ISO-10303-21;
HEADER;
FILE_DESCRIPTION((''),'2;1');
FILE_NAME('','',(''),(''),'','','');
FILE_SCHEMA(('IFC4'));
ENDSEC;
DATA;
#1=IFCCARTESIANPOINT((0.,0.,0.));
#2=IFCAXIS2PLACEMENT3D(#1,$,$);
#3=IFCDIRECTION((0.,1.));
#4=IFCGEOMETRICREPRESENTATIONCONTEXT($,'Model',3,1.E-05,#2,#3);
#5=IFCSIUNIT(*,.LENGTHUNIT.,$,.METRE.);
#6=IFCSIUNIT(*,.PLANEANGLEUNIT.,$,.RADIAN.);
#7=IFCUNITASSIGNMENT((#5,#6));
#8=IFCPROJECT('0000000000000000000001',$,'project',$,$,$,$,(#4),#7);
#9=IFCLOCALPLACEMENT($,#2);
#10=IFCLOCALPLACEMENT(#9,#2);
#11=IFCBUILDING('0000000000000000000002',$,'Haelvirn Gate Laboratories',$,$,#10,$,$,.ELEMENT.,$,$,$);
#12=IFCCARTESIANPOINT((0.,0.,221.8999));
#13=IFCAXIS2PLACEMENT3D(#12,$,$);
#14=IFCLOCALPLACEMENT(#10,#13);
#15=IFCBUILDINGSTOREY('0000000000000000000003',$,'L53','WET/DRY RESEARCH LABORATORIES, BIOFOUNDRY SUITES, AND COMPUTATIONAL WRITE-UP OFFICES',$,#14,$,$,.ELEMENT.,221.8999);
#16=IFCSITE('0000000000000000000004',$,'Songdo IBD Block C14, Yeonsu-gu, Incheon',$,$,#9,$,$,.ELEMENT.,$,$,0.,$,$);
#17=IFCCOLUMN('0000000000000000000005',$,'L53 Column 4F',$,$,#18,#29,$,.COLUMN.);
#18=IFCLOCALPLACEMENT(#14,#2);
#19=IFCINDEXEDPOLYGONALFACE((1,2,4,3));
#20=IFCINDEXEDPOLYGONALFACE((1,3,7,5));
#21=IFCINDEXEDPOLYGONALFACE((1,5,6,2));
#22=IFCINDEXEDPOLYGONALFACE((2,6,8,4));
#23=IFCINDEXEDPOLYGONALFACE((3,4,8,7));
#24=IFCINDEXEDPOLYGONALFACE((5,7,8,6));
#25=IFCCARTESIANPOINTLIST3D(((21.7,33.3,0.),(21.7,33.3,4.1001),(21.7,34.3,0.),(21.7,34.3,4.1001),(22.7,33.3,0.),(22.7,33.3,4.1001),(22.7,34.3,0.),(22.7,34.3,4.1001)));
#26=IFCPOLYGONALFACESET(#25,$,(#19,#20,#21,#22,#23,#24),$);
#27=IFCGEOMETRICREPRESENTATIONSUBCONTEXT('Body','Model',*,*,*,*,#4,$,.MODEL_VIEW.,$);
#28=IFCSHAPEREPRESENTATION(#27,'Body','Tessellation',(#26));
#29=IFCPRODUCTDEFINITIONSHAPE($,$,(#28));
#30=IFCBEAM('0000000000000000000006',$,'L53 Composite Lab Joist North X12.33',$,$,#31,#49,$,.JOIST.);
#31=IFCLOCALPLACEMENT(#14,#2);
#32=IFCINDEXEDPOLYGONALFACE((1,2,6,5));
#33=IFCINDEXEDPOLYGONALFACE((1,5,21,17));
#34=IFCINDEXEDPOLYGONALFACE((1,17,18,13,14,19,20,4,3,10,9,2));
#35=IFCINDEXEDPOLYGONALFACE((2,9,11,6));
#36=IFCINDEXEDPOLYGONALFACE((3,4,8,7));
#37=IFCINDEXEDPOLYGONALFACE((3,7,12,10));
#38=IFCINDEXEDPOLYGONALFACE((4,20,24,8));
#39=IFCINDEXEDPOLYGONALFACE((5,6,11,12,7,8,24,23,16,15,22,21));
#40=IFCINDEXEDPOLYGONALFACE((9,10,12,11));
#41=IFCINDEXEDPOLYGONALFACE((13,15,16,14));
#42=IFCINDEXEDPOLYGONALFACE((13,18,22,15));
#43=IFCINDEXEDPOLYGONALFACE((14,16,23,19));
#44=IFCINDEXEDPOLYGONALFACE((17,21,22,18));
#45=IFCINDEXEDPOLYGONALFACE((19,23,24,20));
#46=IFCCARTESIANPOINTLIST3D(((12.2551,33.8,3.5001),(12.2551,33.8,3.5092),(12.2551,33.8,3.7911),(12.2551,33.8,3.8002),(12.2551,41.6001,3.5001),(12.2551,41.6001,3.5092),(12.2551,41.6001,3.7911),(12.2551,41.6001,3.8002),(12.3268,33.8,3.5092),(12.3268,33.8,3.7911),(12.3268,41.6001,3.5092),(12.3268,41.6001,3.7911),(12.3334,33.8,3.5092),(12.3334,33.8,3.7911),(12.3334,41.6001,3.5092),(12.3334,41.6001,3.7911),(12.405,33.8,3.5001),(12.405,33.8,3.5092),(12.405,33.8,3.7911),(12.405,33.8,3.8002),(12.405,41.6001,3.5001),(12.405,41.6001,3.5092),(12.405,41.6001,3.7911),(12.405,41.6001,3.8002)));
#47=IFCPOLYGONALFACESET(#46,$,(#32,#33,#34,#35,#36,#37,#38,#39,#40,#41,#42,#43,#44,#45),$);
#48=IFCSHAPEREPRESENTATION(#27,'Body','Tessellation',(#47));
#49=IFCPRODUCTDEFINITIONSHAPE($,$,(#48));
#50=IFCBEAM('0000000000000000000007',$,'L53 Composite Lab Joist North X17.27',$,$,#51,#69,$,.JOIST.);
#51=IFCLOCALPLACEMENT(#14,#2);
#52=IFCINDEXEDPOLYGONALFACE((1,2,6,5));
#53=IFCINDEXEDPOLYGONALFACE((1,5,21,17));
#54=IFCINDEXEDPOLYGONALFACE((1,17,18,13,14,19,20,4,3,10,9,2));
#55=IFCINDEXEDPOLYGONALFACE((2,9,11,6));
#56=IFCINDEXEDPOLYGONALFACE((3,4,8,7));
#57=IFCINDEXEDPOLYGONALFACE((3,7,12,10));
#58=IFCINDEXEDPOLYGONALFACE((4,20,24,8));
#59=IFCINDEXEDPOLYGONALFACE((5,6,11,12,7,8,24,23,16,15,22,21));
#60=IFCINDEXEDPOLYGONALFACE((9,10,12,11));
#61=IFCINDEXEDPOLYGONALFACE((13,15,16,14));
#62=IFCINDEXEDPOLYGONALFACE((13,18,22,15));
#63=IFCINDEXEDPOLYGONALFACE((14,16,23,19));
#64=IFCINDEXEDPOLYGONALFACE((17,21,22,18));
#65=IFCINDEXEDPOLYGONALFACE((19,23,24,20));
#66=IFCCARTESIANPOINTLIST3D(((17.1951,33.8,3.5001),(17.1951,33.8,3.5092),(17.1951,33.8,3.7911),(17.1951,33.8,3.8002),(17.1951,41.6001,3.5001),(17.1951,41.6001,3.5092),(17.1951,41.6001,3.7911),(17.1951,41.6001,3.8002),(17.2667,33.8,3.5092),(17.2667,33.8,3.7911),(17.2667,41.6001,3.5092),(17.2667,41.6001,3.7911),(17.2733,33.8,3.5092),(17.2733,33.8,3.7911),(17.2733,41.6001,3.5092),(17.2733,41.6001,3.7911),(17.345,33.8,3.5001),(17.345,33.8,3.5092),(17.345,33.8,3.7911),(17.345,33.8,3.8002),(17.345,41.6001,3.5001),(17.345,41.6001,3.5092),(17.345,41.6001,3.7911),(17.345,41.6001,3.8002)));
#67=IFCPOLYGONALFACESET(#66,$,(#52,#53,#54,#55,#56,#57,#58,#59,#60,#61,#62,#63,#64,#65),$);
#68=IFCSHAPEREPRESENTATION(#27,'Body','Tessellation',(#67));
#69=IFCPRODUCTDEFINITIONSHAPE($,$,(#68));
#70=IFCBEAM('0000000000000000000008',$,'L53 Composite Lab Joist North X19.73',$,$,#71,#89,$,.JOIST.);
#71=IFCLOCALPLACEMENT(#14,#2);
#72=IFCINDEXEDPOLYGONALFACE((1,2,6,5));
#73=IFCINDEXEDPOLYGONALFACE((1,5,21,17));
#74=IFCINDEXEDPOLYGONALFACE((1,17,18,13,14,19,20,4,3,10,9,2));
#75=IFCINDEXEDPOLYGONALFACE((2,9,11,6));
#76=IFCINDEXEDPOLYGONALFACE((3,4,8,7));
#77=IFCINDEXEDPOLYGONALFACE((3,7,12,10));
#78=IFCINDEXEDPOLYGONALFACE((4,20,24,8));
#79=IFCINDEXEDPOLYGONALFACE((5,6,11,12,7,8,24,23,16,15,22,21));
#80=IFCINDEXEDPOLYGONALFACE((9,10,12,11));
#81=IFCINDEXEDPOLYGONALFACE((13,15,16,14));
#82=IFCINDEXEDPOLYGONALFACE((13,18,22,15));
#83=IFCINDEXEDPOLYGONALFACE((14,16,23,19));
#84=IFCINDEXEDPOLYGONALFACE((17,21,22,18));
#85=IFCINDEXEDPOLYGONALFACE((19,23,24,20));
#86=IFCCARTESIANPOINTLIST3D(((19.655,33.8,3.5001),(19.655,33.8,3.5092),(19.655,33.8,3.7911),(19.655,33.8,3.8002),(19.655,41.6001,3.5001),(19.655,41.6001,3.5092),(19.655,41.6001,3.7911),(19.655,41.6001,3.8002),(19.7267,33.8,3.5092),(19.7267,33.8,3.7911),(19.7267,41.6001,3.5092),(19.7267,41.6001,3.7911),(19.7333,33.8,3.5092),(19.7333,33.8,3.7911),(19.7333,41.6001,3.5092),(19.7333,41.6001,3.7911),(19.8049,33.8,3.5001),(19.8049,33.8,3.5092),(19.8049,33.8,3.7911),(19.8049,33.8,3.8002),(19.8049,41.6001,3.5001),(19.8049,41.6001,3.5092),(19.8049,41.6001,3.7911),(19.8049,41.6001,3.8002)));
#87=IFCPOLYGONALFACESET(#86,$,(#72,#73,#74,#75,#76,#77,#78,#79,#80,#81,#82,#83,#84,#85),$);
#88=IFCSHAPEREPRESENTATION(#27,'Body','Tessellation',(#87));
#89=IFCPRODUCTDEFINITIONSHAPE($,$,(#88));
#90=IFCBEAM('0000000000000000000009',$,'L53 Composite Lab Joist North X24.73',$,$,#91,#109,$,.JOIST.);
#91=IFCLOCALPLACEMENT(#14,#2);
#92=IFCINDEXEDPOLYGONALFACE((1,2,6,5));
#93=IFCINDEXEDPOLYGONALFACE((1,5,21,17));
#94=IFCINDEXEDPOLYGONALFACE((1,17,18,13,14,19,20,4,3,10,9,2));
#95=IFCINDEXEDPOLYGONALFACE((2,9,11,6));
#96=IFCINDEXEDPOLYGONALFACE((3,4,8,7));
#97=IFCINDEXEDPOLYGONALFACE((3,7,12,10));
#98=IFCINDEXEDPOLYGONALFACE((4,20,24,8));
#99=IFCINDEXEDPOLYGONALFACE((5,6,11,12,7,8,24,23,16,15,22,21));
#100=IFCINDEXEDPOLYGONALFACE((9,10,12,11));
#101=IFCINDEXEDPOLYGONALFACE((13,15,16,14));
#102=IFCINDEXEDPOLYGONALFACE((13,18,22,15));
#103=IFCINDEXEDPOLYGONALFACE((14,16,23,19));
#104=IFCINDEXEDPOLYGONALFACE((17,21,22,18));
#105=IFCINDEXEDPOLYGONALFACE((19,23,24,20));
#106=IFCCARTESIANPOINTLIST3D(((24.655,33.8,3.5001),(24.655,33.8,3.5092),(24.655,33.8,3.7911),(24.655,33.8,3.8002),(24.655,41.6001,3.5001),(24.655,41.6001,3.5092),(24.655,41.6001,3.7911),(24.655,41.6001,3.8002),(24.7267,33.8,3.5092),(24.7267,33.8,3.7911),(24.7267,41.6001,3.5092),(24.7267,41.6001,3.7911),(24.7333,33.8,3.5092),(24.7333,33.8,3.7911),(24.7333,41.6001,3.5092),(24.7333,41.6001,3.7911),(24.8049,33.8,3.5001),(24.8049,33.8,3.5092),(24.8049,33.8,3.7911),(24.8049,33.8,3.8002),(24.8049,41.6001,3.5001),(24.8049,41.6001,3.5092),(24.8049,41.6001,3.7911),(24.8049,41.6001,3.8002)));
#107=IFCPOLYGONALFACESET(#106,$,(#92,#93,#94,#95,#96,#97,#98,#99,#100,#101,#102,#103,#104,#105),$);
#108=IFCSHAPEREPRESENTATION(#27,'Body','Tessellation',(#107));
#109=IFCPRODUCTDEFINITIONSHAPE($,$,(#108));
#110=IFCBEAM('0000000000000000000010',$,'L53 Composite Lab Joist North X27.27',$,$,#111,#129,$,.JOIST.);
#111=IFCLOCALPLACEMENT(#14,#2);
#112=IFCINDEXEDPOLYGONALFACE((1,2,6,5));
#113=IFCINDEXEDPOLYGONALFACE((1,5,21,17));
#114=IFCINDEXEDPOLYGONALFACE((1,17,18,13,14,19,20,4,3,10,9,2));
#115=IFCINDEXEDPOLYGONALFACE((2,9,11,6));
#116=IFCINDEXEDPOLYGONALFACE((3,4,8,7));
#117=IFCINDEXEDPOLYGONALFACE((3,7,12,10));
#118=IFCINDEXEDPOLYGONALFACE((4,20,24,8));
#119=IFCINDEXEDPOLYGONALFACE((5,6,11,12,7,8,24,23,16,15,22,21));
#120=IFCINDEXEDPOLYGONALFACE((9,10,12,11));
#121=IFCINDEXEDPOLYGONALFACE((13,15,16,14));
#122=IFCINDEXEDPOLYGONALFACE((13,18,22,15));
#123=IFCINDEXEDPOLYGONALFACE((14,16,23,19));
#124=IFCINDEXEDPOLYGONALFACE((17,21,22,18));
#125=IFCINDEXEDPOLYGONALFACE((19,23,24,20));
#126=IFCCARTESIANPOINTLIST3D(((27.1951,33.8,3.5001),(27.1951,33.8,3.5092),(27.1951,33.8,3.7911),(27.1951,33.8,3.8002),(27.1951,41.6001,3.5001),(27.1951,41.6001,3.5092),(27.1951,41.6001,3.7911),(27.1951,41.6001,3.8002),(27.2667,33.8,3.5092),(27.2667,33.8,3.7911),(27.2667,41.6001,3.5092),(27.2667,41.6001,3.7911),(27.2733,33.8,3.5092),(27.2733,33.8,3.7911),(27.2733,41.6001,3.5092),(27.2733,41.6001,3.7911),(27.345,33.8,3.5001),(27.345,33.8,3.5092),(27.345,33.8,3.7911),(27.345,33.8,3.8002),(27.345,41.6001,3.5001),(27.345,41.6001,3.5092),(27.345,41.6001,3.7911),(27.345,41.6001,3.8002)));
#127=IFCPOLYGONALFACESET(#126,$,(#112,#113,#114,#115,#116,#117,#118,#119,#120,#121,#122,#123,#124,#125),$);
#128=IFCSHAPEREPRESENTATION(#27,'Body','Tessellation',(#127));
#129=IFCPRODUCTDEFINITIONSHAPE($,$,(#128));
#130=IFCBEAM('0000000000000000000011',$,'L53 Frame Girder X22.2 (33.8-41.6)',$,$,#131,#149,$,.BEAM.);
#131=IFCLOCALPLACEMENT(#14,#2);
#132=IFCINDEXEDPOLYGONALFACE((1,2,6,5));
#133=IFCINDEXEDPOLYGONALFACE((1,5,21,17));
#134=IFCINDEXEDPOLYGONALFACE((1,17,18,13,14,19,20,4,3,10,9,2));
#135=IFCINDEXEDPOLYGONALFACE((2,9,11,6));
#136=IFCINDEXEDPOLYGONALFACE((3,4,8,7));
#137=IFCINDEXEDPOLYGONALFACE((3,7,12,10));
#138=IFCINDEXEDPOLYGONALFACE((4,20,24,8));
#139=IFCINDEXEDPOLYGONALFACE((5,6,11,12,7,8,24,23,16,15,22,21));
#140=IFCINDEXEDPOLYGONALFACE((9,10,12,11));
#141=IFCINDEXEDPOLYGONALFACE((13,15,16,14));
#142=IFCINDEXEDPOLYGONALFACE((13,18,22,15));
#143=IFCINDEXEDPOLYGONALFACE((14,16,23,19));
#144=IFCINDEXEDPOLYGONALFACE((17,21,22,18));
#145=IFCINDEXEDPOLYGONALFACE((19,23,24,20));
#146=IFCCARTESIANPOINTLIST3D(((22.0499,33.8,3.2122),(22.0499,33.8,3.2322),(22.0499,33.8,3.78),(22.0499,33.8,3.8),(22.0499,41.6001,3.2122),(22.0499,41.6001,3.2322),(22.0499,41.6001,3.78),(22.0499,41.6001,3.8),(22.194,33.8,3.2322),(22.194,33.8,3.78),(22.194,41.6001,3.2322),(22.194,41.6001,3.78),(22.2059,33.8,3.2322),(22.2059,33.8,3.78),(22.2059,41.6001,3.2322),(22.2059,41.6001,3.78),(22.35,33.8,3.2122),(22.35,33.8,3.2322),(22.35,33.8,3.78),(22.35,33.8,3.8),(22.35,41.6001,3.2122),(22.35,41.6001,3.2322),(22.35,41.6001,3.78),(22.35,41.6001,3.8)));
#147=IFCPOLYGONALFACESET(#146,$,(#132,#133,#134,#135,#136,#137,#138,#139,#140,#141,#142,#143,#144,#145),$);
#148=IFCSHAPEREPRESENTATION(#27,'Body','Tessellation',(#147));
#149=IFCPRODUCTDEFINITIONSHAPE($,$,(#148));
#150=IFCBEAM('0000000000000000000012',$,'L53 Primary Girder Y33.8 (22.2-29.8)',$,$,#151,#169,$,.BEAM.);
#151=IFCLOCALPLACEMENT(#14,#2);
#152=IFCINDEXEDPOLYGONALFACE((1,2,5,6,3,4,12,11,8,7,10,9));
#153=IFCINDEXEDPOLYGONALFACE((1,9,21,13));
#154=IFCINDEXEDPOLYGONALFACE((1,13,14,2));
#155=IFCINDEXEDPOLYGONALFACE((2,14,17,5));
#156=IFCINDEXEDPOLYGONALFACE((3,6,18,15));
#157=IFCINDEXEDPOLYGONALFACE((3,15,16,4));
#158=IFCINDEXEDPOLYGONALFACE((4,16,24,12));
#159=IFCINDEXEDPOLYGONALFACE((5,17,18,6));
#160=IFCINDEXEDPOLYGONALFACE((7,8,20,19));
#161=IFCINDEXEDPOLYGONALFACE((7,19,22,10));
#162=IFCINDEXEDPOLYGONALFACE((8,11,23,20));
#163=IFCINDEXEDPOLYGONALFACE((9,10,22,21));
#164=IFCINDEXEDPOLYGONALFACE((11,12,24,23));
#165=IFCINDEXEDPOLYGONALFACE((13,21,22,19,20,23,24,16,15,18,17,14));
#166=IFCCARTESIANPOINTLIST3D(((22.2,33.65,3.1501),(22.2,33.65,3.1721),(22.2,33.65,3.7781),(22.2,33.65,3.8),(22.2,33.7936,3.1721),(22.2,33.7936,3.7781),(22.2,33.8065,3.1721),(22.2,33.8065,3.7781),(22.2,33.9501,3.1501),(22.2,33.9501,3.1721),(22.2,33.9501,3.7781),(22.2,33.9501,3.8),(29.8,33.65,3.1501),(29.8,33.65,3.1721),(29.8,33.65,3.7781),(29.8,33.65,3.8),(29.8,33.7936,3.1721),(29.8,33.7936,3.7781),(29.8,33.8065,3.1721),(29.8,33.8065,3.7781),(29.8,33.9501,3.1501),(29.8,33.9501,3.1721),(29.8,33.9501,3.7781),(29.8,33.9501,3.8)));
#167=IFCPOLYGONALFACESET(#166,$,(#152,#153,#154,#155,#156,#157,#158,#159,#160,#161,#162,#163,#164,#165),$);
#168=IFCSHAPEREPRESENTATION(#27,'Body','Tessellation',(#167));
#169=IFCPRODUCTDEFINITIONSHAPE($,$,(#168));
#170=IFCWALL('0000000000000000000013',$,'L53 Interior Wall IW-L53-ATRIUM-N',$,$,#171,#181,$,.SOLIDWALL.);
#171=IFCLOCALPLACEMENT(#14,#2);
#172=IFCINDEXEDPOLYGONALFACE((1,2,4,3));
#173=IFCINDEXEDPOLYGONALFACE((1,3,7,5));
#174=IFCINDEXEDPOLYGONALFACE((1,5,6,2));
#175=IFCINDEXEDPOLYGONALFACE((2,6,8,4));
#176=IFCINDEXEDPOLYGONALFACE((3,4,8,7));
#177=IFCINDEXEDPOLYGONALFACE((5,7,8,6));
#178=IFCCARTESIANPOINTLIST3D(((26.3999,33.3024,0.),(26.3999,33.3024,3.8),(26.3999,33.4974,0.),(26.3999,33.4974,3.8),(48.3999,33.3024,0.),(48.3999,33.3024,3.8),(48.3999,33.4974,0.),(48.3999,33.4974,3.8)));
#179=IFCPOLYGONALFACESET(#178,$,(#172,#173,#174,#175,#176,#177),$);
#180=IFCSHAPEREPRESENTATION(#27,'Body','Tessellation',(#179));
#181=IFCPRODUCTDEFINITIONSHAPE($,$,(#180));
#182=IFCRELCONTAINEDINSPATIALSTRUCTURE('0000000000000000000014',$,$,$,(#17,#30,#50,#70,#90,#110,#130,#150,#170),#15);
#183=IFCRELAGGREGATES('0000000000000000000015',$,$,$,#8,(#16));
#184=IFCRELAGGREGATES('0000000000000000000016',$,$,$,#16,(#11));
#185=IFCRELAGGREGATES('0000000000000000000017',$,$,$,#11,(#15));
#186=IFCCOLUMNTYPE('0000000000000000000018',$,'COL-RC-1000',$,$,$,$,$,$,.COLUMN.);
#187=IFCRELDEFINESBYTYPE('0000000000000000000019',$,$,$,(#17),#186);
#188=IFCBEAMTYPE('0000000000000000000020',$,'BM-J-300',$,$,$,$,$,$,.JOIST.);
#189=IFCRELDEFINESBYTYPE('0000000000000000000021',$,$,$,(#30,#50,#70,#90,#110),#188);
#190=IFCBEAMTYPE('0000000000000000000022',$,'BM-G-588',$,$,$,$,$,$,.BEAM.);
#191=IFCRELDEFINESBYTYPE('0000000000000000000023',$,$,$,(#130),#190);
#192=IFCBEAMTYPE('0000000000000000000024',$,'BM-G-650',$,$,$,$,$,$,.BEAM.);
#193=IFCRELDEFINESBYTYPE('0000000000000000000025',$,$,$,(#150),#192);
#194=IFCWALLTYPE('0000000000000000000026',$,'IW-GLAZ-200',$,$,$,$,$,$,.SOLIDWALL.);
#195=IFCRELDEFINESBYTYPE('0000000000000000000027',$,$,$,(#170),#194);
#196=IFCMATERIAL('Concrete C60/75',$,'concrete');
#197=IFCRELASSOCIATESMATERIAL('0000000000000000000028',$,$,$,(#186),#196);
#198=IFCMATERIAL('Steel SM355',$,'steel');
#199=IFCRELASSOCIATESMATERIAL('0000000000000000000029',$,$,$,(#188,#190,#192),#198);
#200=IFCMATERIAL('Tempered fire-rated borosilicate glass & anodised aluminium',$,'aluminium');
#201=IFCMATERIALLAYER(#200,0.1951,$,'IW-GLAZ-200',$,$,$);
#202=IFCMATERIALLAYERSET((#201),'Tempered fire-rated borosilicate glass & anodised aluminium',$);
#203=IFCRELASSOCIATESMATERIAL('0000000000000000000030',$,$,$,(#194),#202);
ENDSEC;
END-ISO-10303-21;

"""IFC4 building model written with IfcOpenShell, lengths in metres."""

from ifc_helpers import new_model, si_unit, direction, frame, frame_2d, origin, origin_2d, place, context, subcontext, project, spatial, rectangle, i_section, extrude, source, transform, mapped, material, layer, layer_set, material_profile, profile_set, type_object, type_shapes, element, save


model = new_model("IFC4")

# Units and contexts
model_context = context("Model", 3, precision=1e-05, world=origin(), true_north=direction((0.0, 1.0)))
body_context = subcontext(model_context, "Body", "Model", "MODEL_VIEW")
ifc_project = project(units=[si_unit("LENGTHUNIT", "METRE"), si_unit("PLANEANGLEUNIT", "RADIAN")], contexts=[model_context])

# Site, building, storey
site_placement = place(None, origin())
site = spatial("IfcSite", under=ifc_project, at=site_placement, Name="Songdo IBD Block C14, Yeonsu-gu, Incheon", CompositionType="ELEMENT", RefElevation=0.0)
building_placement = place(site_placement, origin())
building = spatial("IfcBuilding", under=site, at=building_placement, Name="Haelvirn Gate Laboratories", CompositionType="ELEMENT")
storey_placement = place(building_placement, frame((0.0, 0.0, 221.8999)))
storey = spatial("IfcBuildingStorey", under=building, at=storey_placement, Name="L53", Description="WET/DRY RESEARCH LABORATORIES, BIOFOUNDRY SUITES, AND COMPUTATIONAL WRITE-UP OFFICES", CompositionType="ELEMENT", Elevation=221.8999)

# Column
ifc_material_1 = material(Name="Concrete C60/75", Category="concrete")
ifc_material_profile_1 = material_profile(ifc_material_1, rectangle(XDim=1.0, YDim=1.0, at=origin_2d()), Name="RC-1000x1000")
ifc_profile_set_1 = profile_set([ifc_material_profile_1], Name="Concrete C60/75")
column_type = type_object("IfcColumnType", Name="COL-RC-1000", PredefinedType="COLUMN", material=ifc_profile_set_1)
shared_shape_1 = source(origin(), body_context, "Body", "SweptSolid", [
    extrude(rectangle(XDim=1.0, YDim=1.0, at=origin_2d()), origin(), (0.0, 0.0, 1.0), 4.1001),
])
type_shapes(column_type, [shared_shape_1])
column_placement = place(storey_placement, frame((22.2, 33.8, 0.0), z_axis=(0.0, 0.0, 1.0), x_axis=(1.0, 0.0, 0.0)))
element("IfcColumn", 1, at=column_placement, inside=storey, type_object=column_type, Name="L53 Column 4F", PredefinedType="COLUMN", context=body_context, shape_type="MappedRepresentation", body=[
    mapped(shared_shape_1, transform((0.0, 0.0, 0.0), scale=1.0)),
])

# Beams
ifc_material_2 = material(Name="Steel SM355", Category="steel")
ifc_material_profile_2 = material_profile(ifc_material_2, i_section(OverallWidth=0.1499, OverallDepth=0.3, WebThickness=0.0066, FlangeThickness=0.009, at=origin_2d()), Name="H-300x150x6.5x9")
ifc_profile_set_2 = profile_set([ifc_material_profile_2], Name="Steel SM355")
beam_type_1 = type_object("IfcBeamType", Name="BM-J-300", PredefinedType="JOIST", material=ifc_profile_set_2)
shared_shape_2 = source(origin(), body_context, "Body", "SweptSolid", [
    extrude(i_section(OverallWidth=0.1499, OverallDepth=0.3, WebThickness=0.0066, FlangeThickness=0.009, at=origin_2d()), origin(), (0.0, 0.0, 1.0), 7.8),
])
type_shapes(beam_type_1, [shared_shape_2])
for number, where, z_axis, x_axis, name in (
    (2, (12.3301, 33.8, 3.6501), (0.0, 1.0, 0.0), (-1.0, 0.0, 0.0), "L53 Composite Lab Joist North X12.33"),
    (3, (17.27, 33.8, 3.6501), (0.0, 1.0, 0.0), (-1.0, 0.0, 0.0), "L53 Composite Lab Joist North X17.27"),
    (4, (19.73, 33.8, 3.6501), (0.0, 1.0, 0.0), (-1.0, 0.0, 0.0), "L53 Composite Lab Joist North X19.73"),
    (5, (24.73, 33.8, 3.6501), (0.0, 1.0, 0.0), (-1.0, 0.0, 0.0), "L53 Composite Lab Joist North X24.73"),
    (6, (27.27, 33.8, 3.6501), (0.0, 1.0, 0.0), (-1.0, 0.0, 0.0), "L53 Composite Lab Joist North X27.27"),
):
    element("IfcBeam", number, at=place(storey_placement, frame(where, z_axis=z_axis, x_axis=x_axis)), inside=storey, type_object=beam_type_1, Name=name, PredefinedType="JOIST", context=body_context, shape_type="MappedRepresentation", body=[
        mapped(shared_shape_2, transform((0.0, 0.0, 0.0), scale=1.0)),
    ])
ifc_material_profile_3 = material_profile(ifc_material_2, i_section(OverallWidth=0.3, OverallDepth=0.5879, WebThickness=0.012, FlangeThickness=0.02, at=origin_2d()), Name="H-588x300x12x20")
ifc_profile_set_3 = profile_set([ifc_material_profile_3], Name="Steel SM355")
beam_type_2 = type_object("IfcBeamType", Name="BM-G-588", PredefinedType="BEAM", material=ifc_profile_set_3)
shared_shape_3 = source(origin(), body_context, "Body", "SweptSolid", [
    extrude(i_section(OverallWidth=0.3, OverallDepth=0.5879, WebThickness=0.012, FlangeThickness=0.02, at=origin_2d()), origin(), (0.0, 0.0, 1.0), 7.8),
])
type_shapes(beam_type_2, [shared_shape_3])
beam_1_placement = place(storey_placement, frame((22.2, 33.8, 3.5061), z_axis=(0.0, 1.0, 0.0), x_axis=(-1.0, 0.0, 0.0)))
element("IfcBeam", 7, at=beam_1_placement, inside=storey, type_object=beam_type_2, Name="L53 Frame Girder X22.2 (33.8-41.6)", PredefinedType="BEAM", context=body_context, shape_type="MappedRepresentation", body=[
    mapped(shared_shape_3, transform((0.0, 0.0, 0.0), scale=1.0)),
])
ifc_material_profile_4 = material_profile(ifc_material_2, i_section(OverallWidth=0.3, OverallDepth=0.6499, WebThickness=0.0129, FlangeThickness=0.022, at=origin_2d()), Name="H-650x300x13x22")
ifc_profile_set_4 = profile_set([ifc_material_profile_4], Name="Steel SM355")
beam_type_3 = type_object("IfcBeamType", Name="BM-G-650", PredefinedType="BEAM", material=ifc_profile_set_4)
shared_shape_4 = source(origin(), body_context, "Body", "SweptSolid", [
    extrude(i_section(OverallWidth=0.3, OverallDepth=0.6499, WebThickness=0.0129, FlangeThickness=0.022, at=origin_2d()), origin(), (0.0, 0.0, 1.0), 7.6001),
])
type_shapes(beam_type_3, [shared_shape_4])
beam_2_placement = place(storey_placement, frame((22.2, 33.8, 3.4751), z_axis=(1.0, 0.0, 0.0), x_axis=(0.0, 1.0, 0.0)))
element("IfcBeam", 8, at=beam_2_placement, inside=storey, type_object=beam_type_3, Name="L53 Primary Girder Y33.8 (22.2-29.8)", PredefinedType="BEAM", context=body_context, shape_type="MappedRepresentation", body=[
    mapped(shared_shape_4, transform((0.0, 0.0, 0.0), scale=1.0)),
])

# Wall
ifc_material_3 = material(Name="Tempered fire-rated borosilicate glass & anodised aluminium", Category="aluminium")
ifc_layer_1 = layer(ifc_material_3, 0.1951, Name="IW-GLAZ-200")
ifc_layer_set_1 = layer_set([ifc_layer_1], Name="Tempered fire-rated borosilicate glass & anodised aluminium")
wall_type_1 = type_object("IfcWallType", Name="IW-GLAZ-200", PredefinedType="SOLIDWALL", material=ifc_layer_set_1)
wall_1_placement = place(storey_placement, frame((26.3999, 33.3999, 0.0), z_axis=(0.0, 0.0, 1.0), x_axis=(1.0, 0.0, 0.0)))
element("IfcWall", 9, at=wall_1_placement, inside=storey, type_object=wall_type_1, Name="L53 Interior Wall IW-L53-ATRIUM-N", PredefinedType="SOLIDWALL", context=body_context, shape_type="SweptSolid", body=[
    extrude(rectangle(XDim=22.0, YDim=0.1951, at=frame_2d((11.0, 0.0))), origin(), (0.0, 0.0, 1.0), 3.8),
])

save(model, "model.ifc")
